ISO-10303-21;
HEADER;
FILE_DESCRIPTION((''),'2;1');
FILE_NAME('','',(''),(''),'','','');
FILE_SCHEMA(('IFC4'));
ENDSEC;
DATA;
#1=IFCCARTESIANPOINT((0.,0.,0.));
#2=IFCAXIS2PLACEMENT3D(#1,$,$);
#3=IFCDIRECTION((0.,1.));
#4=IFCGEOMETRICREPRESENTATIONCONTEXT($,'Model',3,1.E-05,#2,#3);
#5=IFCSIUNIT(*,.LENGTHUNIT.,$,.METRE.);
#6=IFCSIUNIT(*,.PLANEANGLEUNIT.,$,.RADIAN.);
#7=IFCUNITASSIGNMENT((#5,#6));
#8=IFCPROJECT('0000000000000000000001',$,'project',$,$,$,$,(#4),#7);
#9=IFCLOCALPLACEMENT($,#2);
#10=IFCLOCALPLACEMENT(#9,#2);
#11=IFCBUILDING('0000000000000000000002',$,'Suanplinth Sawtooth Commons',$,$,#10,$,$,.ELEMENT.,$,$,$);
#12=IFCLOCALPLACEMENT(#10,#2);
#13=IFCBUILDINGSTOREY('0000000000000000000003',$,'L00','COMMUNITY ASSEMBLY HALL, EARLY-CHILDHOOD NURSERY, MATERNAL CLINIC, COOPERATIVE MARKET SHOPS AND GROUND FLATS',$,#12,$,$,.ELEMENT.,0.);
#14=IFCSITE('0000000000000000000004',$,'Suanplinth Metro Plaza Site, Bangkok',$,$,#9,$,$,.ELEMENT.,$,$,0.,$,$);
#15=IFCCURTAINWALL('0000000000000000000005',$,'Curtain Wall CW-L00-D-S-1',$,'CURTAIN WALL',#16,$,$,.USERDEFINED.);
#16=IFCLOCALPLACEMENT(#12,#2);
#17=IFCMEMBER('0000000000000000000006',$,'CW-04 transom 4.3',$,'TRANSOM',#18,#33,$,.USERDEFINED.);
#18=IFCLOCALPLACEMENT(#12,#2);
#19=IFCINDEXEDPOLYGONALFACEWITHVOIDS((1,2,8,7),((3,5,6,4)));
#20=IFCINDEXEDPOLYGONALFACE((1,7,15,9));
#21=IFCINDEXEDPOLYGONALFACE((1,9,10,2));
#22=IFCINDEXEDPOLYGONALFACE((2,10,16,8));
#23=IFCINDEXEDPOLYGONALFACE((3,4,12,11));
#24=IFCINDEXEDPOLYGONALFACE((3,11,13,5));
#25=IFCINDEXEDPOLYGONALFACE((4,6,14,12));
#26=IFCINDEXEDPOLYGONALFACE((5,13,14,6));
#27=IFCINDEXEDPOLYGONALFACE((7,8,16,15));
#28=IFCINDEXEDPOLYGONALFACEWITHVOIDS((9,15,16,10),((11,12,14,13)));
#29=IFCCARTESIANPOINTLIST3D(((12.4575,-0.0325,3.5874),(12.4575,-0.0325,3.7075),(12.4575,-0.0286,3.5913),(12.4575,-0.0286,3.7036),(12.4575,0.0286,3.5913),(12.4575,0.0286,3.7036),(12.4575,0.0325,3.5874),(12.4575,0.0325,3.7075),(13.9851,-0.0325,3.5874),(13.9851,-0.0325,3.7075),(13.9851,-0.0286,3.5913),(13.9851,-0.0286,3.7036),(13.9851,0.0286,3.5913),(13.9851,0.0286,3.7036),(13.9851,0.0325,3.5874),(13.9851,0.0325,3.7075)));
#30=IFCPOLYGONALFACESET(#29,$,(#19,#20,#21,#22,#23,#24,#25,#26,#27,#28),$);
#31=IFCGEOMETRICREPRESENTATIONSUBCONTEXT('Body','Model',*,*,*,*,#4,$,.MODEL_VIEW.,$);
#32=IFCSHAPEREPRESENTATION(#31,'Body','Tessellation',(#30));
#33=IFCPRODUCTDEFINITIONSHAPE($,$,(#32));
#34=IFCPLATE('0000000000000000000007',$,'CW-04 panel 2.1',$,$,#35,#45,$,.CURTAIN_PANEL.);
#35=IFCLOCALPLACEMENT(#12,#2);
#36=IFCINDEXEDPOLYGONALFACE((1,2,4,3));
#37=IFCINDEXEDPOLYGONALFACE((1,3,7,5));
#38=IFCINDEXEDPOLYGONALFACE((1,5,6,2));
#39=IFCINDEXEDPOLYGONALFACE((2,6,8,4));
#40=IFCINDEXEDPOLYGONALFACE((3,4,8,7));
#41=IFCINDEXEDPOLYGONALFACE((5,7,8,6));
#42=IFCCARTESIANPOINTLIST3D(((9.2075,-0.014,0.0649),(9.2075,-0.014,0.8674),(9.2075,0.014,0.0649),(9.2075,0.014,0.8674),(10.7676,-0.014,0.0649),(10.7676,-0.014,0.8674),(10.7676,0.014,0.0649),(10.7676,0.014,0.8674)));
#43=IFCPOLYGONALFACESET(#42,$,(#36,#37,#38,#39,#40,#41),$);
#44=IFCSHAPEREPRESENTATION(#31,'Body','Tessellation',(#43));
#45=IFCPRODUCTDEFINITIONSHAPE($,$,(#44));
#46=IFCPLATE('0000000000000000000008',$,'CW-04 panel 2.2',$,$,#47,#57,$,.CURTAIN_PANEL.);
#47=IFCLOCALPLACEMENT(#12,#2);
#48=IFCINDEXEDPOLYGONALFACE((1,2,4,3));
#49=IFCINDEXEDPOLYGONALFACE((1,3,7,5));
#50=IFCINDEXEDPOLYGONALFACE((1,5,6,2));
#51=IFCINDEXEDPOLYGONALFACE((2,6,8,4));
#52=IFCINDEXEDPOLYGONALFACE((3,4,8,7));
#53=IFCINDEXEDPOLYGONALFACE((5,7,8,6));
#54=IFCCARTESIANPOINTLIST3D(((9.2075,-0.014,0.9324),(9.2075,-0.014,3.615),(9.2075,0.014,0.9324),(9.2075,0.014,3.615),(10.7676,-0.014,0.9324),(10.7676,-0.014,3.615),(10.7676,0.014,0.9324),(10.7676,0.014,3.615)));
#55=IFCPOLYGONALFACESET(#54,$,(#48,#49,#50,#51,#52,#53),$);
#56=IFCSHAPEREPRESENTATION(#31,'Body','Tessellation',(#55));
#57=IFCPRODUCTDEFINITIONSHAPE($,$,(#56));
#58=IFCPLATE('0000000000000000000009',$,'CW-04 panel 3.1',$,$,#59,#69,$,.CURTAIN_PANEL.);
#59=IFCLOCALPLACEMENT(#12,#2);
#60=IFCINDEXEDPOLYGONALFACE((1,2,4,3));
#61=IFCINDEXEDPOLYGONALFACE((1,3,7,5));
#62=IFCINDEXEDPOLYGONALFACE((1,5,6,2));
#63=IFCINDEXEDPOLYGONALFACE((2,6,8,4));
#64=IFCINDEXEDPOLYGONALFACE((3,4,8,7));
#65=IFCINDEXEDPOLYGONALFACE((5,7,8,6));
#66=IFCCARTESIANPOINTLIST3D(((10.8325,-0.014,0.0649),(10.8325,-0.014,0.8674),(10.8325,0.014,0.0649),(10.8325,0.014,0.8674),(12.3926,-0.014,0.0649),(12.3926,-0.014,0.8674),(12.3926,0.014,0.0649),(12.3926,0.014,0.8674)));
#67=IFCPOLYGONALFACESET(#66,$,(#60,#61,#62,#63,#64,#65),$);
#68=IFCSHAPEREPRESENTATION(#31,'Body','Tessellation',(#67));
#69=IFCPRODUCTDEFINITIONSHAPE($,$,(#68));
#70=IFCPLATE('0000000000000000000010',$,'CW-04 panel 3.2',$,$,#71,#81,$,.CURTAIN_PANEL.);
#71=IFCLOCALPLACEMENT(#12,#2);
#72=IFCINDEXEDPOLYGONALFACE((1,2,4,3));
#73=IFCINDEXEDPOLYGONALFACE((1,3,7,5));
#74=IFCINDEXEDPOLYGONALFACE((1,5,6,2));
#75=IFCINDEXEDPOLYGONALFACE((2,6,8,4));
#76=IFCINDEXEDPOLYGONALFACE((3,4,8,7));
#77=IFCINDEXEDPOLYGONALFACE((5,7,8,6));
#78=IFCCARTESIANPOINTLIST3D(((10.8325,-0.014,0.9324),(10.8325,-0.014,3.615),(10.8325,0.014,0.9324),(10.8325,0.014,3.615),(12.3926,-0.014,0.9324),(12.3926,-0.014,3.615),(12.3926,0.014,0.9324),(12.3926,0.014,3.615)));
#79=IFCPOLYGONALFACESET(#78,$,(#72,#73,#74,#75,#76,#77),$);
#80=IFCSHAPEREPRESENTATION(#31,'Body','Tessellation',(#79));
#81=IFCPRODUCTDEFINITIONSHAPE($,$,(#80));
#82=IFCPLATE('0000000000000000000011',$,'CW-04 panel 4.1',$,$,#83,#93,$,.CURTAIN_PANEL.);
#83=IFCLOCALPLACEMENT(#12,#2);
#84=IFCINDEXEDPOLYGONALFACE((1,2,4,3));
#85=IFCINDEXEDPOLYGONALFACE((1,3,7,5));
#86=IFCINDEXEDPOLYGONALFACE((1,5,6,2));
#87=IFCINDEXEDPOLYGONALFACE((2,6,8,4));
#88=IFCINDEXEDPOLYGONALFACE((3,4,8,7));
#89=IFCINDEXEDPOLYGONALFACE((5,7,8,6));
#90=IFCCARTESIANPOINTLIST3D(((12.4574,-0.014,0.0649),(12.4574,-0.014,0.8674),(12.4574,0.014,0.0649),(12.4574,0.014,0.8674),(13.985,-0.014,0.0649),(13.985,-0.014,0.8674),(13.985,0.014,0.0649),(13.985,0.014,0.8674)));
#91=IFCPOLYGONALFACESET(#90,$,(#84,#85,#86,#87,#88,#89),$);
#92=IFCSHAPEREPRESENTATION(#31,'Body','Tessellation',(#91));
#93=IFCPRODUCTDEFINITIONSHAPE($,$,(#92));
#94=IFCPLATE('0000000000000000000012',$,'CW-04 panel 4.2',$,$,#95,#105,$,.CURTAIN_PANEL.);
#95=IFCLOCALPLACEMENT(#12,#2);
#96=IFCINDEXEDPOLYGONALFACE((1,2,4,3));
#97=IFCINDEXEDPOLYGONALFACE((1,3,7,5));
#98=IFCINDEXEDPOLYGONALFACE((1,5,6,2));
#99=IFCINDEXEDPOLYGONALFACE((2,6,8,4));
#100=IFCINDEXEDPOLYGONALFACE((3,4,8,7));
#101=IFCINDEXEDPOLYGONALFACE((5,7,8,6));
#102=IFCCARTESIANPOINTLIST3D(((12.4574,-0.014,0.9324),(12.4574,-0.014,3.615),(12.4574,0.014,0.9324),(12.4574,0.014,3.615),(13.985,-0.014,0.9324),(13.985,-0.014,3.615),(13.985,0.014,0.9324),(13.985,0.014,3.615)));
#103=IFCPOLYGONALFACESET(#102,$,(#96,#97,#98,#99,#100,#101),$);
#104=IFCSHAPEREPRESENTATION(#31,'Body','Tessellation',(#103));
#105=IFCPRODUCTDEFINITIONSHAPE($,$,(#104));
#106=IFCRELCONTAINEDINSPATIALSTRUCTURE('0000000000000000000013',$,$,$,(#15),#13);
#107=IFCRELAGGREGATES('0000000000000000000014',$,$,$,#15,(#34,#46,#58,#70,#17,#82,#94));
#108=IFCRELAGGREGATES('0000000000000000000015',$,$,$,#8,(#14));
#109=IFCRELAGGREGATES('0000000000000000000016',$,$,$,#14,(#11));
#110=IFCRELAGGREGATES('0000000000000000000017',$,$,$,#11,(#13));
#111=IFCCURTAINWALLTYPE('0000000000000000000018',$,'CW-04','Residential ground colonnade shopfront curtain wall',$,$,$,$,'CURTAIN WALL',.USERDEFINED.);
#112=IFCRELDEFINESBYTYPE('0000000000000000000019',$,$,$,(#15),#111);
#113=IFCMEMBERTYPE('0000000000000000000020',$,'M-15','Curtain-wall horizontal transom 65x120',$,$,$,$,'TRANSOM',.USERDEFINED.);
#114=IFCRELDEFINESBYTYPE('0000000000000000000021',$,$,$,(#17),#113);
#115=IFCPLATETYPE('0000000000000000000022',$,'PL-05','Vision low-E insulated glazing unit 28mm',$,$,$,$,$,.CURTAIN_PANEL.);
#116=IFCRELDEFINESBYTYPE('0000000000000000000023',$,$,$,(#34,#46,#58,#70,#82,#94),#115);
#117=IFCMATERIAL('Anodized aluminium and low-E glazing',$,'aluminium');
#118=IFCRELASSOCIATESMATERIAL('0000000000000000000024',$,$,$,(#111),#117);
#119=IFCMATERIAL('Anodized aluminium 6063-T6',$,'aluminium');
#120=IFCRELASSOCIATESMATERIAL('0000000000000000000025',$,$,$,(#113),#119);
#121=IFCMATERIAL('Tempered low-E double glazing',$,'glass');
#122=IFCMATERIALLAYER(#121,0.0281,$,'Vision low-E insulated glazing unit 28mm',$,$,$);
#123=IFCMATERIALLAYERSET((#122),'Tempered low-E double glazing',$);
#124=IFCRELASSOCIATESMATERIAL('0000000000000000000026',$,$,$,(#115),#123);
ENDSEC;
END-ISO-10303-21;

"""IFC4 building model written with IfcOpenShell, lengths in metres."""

from ifc_helpers import new_model, si_unit, direction, frame, origin, origin_2d, place, context, subcontext, project, spatial, rectangle, hollow_rectangle, extrude, material, layer, layer_set, material_profile, profile_set, type_object, element, aggregate, save


model = new_model("IFC4")

# Units and contexts
model_context = context("Model", 3, precision=1e-05, world=origin(), true_north=direction((0.0, 1.0)))
body_context = subcontext(model_context, "Body", "Model", "MODEL_VIEW")
ifc_project = project(units=[si_unit("LENGTHUNIT", "METRE"), si_unit("PLANEANGLEUNIT", "RADIAN")], contexts=[model_context])

# Site, building, storey
site_placement = place(None, origin())
site = spatial("IfcSite", under=ifc_project, at=site_placement, Name="Suanplinth Metro Plaza Site, Bangkok", CompositionType="ELEMENT", RefElevation=0.0)
building_placement = place(site_placement, origin())
building = spatial("IfcBuilding", under=site, at=building_placement, Name="Suanplinth Sawtooth Commons", CompositionType="ELEMENT")
storey_placement = place(building_placement, origin())
storey = spatial("IfcBuildingStorey", under=building, at=storey_placement, Name="L00", Description="COMMUNITY ASSEMBLY HALL, EARLY-CHILDHOOD NURSERY, MATERNAL CLINIC, COOPERATIVE MARKET SHOPS AND GROUND FLATS", CompositionType="ELEMENT", Elevation=0.0)

# Curtain wall, member, plates
ifc_material_1 = material(Name="Anodized aluminium and low-E glazing", Category="aluminium")
curtain_wall_type = type_object("IfcCurtainWallType", Name="CW-04", Description="Residential ground colonnade shopfront curtain wall", ElementType="CURTAIN WALL", PredefinedType="USERDEFINED", material=ifc_material_1)
curtain_wall_placement = place(storey_placement, origin())
curtain_wall = element("IfcCurtainWall", 1, at=curtain_wall_placement, inside=storey, type_object=curtain_wall_type, Name="Curtain Wall CW-L00-D-S-1", ObjectType="CURTAIN WALL", PredefinedType="USERDEFINED")
ifc_material_2 = material(Name="Anodized aluminium 6063-T6", Category="aluminium")
ifc_material_profile_1 = material_profile(ifc_material_2, hollow_rectangle(XDim=0.0649, YDim=0.1201, WallThickness=0.0039, at=origin_2d()), Name="ALU-TRN 65x120")
ifc_profile_set_1 = profile_set([ifc_material_profile_1], Name="Anodized aluminium 6063-T6")
member_type_1 = type_object("IfcMemberType", Name="M-15", Description="Curtain-wall horizontal transom 65x120", ElementType="TRANSOM", PredefinedType="USERDEFINED", material=ifc_profile_set_1)
member_1_placement = place(storey_placement, frame((12.4575, 0.0, 3.6475), z_axis=(1.0, 0.0, 0.0), x_axis=(0.0, 1.0, 0.0)))
member_1 = element("IfcMember", 2, at=member_1_placement, type_object=member_type_1, Name="CW-04 transom 4.3", ObjectType="TRANSOM", PredefinedType="USERDEFINED", context=body_context, shape_type="SweptSolid", body=[
    extrude(hollow_rectangle(XDim=0.0649, YDim=0.1201, WallThickness=0.0039, at=origin_2d()), origin(), (0.0, 0.0, 1.0), 1.5276),
])
ifc_material_3 = material(Name="Tempered low-E double glazing", Category="glass")
ifc_layer = layer(ifc_material_3, 0.0281, Name="Vision low-E insulated glazing unit 28mm")
ifc_layer_set = layer_set([ifc_layer], Name="Tempered low-E double glazing")
plate_type = type_object("IfcPlateType", Name="PL-05", Description="Vision low-E insulated glazing unit 28mm", PredefinedType="CURTAIN_PANEL", material=ifc_layer_set)
plate_1_placement = place(storey_placement, frame((9.9875, 0.0, 0.0649), z_axis=(0.0, 0.0, 1.0), x_axis=(1.0, 0.0, 0.0)))
plate_1 = element("IfcPlate", 3, at=plate_1_placement, type_object=plate_type, Name="CW-04 panel 2.1", PredefinedType="CURTAIN_PANEL", context=body_context, shape_type="SweptSolid", body=[
    extrude(rectangle(XDim=1.5601, YDim=0.0281, at=origin_2d()), origin(), (0.0, 0.0, 1.0), 0.8025),
])
plate_2_placement = place(storey_placement, frame((9.9875, 0.0, 0.9324), z_axis=(0.0, 0.0, 1.0), x_axis=(1.0, 0.0, 0.0)))
plate_2 = element("IfcPlate", 4, at=plate_2_placement, type_object=plate_type, Name="CW-04 panel 2.2", PredefinedType="CURTAIN_PANEL", context=body_context, shape_type="SweptSolid", body=[
    extrude(rectangle(XDim=1.5601, YDim=0.0281, at=origin_2d()), origin(), (0.0, 0.0, 1.0), 2.6826),
])
plate_3_placement = place(storey_placement, frame((11.6125, 0.0, 0.0649), z_axis=(0.0, 0.0, 1.0), x_axis=(1.0, 0.0, 0.0)))
plate_3 = element("IfcPlate", 5, at=plate_3_placement, type_object=plate_type, Name="CW-04 panel 3.1", PredefinedType="CURTAIN_PANEL", context=body_context, shape_type="SweptSolid", body=[
    extrude(rectangle(XDim=1.5601, YDim=0.0281, at=origin_2d()), origin(), (0.0, 0.0, 1.0), 0.8025),
])
plate_4_placement = place(storey_placement, frame((11.6125, 0.0, 0.9324), z_axis=(0.0, 0.0, 1.0), x_axis=(1.0, 0.0, 0.0)))
plate_4 = element("IfcPlate", 6, at=plate_4_placement, type_object=plate_type, Name="CW-04 panel 3.2", PredefinedType="CURTAIN_PANEL", context=body_context, shape_type="SweptSolid", body=[
    extrude(rectangle(XDim=1.5601, YDim=0.0281, at=origin_2d()), origin(), (0.0, 0.0, 1.0), 2.6826),
])
plate_5_placement = place(storey_placement, frame((13.2212, 0.0, 0.0649), z_axis=(0.0, 0.0, 1.0), x_axis=(1.0, 0.0, 0.0)))
plate_5 = element("IfcPlate", 7, at=plate_5_placement, type_object=plate_type, Name="CW-04 panel 4.1", PredefinedType="CURTAIN_PANEL", context=body_context, shape_type="SweptSolid", body=[
    extrude(rectangle(XDim=1.5276, YDim=0.0281, at=origin_2d()), origin(), (0.0, 0.0, 1.0), 0.8025),
])
plate_6_placement = place(storey_placement, frame((13.2212, 0.0, 0.9324), z_axis=(0.0, 0.0, 1.0), x_axis=(1.0, 0.0, 0.0)))
plate_6 = element("IfcPlate", 8, at=plate_6_placement, type_object=plate_type, Name="CW-04 panel 4.2", PredefinedType="CURTAIN_PANEL", context=body_context, shape_type="SweptSolid", body=[
    extrude(rectangle(XDim=1.5276, YDim=0.0281, at=origin_2d()), origin(), (0.0, 0.0, 1.0), 2.6826),
])
aggregate(curtain_wall, [plate_1, plate_2, plate_3, plate_4, member_1, plate_5, plate_6])

save(model, "model.ifc")
